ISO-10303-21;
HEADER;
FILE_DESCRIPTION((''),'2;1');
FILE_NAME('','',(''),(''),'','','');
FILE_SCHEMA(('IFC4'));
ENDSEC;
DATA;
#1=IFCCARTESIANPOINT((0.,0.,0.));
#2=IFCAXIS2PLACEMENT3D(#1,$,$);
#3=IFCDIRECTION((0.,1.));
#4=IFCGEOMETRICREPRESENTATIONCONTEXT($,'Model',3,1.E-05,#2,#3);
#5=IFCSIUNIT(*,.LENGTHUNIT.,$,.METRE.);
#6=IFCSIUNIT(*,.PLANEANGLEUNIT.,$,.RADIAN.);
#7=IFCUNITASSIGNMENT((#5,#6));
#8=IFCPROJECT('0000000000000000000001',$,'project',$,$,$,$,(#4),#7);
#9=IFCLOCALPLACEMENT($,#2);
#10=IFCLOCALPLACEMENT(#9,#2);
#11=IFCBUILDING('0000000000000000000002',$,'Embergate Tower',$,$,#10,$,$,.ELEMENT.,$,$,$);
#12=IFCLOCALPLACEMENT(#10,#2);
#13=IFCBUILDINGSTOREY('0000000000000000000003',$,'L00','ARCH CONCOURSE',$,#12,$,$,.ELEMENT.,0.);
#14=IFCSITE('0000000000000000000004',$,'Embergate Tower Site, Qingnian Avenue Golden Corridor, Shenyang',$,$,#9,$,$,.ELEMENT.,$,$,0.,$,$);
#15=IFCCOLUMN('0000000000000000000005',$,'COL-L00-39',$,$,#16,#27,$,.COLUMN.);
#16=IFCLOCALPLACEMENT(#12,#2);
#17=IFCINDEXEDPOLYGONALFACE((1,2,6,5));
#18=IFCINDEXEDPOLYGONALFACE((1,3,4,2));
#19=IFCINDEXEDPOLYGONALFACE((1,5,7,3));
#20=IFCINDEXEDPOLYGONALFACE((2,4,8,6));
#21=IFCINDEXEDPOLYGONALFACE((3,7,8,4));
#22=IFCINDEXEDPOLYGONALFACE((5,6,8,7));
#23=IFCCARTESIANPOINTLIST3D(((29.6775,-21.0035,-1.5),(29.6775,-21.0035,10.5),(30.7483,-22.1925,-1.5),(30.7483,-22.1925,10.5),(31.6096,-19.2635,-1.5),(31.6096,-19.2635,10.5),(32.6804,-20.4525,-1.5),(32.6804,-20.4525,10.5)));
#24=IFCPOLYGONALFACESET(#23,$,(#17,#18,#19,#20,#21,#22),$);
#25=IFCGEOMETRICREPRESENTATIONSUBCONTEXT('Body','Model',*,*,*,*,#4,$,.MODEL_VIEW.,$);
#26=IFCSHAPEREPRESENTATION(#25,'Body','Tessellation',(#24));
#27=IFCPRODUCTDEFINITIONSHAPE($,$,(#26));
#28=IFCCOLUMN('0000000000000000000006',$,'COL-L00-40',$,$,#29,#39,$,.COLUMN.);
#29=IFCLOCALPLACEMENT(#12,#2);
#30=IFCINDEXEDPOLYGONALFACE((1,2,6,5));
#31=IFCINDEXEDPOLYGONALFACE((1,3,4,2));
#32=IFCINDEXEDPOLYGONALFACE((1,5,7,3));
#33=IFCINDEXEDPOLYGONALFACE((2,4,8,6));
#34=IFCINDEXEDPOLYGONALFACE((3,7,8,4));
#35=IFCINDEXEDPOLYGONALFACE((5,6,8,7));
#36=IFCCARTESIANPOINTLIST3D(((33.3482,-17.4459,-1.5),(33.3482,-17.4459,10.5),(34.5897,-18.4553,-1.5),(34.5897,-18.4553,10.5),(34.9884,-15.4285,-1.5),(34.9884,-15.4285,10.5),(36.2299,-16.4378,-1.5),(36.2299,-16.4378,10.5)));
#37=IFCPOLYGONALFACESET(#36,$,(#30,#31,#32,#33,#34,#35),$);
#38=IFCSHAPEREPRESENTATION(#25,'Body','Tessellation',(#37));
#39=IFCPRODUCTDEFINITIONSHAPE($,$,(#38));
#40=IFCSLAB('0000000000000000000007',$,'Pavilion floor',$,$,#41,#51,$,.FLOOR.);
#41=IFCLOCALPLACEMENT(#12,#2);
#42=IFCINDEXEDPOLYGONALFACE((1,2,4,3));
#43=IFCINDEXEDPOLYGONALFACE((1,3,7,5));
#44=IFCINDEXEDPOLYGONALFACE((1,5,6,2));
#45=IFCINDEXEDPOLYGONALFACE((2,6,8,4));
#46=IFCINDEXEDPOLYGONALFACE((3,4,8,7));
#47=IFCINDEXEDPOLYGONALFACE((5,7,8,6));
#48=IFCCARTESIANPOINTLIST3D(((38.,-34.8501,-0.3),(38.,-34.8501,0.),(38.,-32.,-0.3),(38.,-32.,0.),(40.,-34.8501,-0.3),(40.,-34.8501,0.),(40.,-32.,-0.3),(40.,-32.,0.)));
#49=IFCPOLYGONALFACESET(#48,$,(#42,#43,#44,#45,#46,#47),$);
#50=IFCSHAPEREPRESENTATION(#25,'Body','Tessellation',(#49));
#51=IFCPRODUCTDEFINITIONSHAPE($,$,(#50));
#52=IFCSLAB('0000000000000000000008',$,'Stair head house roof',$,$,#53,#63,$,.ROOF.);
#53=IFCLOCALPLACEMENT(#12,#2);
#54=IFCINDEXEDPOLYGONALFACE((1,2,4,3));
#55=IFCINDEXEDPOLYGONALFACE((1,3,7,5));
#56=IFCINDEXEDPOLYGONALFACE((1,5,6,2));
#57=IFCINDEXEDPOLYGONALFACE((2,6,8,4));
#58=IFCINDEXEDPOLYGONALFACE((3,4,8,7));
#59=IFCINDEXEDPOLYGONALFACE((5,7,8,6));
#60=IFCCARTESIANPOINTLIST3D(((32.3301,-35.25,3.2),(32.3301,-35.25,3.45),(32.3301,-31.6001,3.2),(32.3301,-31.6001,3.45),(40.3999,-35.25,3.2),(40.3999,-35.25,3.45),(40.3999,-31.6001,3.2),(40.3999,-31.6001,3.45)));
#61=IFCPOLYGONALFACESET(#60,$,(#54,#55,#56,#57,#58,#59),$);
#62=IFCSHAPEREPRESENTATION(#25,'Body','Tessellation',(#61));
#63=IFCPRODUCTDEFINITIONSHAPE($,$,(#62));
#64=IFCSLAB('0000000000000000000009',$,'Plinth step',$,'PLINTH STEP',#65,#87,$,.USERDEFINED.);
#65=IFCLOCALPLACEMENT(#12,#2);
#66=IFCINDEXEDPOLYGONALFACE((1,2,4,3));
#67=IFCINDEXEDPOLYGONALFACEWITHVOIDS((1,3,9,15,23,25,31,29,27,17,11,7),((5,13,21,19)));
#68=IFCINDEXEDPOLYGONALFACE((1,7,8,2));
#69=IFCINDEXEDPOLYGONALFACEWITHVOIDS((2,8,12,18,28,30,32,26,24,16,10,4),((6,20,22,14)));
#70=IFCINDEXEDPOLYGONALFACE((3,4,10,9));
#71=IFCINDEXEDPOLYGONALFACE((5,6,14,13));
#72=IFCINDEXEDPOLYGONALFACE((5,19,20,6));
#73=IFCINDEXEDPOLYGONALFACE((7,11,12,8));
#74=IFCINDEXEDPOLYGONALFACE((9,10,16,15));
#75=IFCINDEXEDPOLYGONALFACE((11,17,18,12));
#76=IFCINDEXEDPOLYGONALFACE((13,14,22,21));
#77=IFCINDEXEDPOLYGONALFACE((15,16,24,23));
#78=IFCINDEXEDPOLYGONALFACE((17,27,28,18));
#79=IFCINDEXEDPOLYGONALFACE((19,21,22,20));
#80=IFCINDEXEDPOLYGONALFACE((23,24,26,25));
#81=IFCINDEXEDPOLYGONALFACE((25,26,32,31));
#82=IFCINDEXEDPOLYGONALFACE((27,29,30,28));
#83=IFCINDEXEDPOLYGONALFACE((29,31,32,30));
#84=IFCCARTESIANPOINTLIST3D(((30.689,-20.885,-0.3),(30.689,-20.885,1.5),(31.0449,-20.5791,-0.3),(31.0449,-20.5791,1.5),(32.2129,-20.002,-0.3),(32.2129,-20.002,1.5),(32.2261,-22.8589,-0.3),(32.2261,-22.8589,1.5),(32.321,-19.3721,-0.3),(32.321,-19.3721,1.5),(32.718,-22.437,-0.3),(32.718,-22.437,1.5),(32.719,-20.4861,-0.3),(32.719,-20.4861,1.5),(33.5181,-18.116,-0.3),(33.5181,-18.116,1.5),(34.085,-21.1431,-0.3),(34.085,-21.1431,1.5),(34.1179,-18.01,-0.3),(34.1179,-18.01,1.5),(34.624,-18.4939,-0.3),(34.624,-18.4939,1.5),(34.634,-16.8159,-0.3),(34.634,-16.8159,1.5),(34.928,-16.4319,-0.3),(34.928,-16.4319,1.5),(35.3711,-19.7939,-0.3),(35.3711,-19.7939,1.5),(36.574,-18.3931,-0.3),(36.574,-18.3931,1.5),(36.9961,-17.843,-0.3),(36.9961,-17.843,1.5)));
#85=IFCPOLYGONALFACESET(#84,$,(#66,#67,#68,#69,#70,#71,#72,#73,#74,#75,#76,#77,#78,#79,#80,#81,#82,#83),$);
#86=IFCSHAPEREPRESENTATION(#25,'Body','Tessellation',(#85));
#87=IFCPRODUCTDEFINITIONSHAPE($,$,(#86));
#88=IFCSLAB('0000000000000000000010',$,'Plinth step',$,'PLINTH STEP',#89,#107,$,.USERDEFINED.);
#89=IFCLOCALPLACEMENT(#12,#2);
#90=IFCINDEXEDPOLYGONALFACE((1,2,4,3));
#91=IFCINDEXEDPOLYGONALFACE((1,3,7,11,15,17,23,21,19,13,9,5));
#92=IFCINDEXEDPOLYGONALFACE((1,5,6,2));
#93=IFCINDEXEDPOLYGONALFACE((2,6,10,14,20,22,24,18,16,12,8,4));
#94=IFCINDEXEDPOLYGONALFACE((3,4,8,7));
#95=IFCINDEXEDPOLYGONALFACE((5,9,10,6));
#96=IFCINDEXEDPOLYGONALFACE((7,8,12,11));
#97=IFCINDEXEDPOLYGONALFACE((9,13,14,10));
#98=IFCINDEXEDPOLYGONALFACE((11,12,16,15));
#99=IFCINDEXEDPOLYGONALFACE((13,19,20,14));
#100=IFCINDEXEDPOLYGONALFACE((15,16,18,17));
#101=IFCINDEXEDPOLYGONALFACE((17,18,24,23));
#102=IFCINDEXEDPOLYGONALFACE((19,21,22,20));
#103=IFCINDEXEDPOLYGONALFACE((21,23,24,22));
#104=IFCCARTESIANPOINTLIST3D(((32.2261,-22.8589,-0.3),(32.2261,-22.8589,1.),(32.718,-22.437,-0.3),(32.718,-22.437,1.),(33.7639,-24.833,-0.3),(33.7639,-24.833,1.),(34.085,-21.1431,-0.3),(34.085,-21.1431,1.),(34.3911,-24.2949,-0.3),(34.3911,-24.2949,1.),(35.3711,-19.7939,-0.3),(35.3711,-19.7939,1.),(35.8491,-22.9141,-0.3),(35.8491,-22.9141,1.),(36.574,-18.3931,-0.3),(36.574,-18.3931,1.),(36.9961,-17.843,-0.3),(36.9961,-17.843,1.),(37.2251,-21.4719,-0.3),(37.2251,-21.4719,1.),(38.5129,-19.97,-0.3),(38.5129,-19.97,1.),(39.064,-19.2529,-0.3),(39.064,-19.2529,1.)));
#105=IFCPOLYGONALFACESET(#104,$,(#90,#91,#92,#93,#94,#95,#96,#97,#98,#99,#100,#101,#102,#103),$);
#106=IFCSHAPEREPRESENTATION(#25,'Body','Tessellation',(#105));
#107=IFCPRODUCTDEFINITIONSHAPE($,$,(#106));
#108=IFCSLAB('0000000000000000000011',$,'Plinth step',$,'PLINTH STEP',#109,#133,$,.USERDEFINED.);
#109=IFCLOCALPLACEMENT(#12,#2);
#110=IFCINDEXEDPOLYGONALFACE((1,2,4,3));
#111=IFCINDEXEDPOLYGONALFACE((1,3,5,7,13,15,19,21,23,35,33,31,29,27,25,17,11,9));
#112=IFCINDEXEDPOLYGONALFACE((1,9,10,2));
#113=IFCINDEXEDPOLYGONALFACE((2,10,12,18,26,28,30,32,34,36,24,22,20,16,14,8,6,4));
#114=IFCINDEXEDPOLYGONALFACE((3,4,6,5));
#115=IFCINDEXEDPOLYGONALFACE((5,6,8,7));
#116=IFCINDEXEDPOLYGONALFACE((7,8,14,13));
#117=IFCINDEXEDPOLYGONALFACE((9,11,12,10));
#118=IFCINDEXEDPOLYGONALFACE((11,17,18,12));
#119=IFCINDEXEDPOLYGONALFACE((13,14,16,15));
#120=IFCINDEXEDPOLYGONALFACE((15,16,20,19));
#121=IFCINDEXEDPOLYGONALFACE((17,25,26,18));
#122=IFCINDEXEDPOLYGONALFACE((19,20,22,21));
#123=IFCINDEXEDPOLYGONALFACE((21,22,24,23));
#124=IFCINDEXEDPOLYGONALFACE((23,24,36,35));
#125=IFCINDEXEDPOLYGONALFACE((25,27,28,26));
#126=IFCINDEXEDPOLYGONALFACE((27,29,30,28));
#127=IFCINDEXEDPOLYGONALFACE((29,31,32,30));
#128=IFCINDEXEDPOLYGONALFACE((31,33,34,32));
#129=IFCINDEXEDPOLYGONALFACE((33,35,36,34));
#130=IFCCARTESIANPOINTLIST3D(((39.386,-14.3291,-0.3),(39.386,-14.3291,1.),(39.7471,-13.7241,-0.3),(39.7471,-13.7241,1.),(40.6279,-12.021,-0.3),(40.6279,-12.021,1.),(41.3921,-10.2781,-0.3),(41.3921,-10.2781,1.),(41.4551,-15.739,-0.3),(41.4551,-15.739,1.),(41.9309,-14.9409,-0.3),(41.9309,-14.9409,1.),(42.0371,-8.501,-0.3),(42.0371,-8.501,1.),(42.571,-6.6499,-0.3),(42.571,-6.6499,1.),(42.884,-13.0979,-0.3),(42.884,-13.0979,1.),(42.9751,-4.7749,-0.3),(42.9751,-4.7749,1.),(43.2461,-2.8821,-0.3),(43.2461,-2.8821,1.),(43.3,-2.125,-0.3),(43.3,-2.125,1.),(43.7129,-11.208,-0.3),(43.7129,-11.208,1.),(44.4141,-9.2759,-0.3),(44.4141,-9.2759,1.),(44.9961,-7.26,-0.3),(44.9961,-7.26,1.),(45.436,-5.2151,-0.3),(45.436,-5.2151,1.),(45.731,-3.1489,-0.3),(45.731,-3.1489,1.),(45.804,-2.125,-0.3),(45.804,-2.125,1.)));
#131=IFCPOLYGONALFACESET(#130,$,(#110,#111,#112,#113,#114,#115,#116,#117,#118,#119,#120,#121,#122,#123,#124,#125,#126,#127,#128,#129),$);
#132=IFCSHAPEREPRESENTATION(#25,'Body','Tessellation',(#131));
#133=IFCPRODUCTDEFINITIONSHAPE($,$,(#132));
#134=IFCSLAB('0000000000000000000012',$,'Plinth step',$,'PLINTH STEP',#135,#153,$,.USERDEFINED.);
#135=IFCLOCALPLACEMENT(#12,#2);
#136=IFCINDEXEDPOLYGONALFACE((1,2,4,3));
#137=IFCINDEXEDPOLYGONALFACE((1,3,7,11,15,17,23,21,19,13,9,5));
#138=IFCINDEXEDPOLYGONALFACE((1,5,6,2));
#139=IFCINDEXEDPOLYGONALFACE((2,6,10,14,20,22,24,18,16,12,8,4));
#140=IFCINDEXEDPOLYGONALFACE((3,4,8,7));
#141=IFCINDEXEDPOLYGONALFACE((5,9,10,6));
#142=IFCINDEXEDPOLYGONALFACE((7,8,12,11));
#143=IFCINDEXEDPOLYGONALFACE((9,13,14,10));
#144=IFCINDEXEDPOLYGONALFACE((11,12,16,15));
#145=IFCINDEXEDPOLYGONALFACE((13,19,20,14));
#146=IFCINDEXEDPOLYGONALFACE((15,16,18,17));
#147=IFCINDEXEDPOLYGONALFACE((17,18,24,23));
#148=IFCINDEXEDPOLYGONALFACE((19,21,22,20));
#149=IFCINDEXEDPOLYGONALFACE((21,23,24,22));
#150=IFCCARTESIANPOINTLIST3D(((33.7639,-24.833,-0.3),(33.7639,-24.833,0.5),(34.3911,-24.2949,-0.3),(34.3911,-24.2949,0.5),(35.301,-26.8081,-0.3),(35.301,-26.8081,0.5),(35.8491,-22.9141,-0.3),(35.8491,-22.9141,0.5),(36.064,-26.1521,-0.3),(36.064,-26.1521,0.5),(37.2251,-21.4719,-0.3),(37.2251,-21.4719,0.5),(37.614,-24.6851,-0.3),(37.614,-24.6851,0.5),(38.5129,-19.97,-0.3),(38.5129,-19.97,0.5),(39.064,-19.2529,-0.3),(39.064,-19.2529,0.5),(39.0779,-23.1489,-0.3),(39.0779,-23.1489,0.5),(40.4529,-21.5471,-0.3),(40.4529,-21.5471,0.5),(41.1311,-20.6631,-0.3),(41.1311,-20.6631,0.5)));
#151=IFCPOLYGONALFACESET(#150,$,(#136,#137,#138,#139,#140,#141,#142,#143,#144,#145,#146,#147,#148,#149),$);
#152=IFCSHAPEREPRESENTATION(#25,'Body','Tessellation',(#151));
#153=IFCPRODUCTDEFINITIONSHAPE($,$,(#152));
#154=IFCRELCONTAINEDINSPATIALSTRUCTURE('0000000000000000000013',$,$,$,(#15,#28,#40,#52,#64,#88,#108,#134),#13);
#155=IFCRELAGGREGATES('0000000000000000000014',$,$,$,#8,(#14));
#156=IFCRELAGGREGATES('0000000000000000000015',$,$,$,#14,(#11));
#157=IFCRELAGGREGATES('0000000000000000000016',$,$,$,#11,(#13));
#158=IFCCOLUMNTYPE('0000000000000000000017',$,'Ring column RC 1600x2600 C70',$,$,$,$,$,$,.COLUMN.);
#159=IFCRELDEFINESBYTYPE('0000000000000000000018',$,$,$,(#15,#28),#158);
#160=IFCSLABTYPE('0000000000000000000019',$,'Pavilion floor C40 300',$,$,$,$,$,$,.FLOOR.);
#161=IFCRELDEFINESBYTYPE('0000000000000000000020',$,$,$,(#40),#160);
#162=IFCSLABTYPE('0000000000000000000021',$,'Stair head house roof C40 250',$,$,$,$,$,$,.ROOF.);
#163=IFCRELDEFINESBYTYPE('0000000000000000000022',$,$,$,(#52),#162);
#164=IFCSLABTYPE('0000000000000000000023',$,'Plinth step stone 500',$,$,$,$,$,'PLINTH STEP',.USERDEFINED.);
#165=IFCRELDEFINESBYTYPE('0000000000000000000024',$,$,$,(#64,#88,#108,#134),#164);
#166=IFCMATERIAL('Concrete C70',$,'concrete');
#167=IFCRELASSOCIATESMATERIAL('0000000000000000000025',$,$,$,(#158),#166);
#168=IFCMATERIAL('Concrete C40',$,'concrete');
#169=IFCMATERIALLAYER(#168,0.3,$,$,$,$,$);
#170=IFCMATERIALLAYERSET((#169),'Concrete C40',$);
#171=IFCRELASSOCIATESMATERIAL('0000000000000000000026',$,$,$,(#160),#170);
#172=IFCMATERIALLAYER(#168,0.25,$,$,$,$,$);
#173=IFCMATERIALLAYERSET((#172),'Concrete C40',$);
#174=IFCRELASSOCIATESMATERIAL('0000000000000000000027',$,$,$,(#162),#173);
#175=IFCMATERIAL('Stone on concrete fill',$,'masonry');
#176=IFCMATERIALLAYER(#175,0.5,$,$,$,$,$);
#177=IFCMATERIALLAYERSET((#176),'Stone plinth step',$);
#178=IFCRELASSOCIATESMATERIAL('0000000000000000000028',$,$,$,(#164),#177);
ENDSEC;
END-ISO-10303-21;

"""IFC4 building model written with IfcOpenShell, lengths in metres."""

from ifc_helpers import new_model, si_unit, direction, frame, origin, origin_2d, place, context, subcontext, project, spatial, polyline, rectangle, outline, extrude, source, transform, mapped, material, layer, layer_set, material_profile, profile_set, type_object, element, save


model = new_model("IFC4")

# Units and contexts
model_context = context("Model", 3, precision=1e-05, world=origin(), true_north=direction((0.0, 1.0)))
body_context = subcontext(model_context, "Body", "Model", "MODEL_VIEW")
ifc_project = project(units=[si_unit("LENGTHUNIT", "METRE"), si_unit("PLANEANGLEUNIT", "RADIAN")], contexts=[model_context])

# Site, building, storey
site_placement = place(None, origin())
site = spatial("IfcSite", under=ifc_project, at=site_placement, Name="Embergate Tower Site, Qingnian Avenue Golden Corridor, Shenyang", CompositionType="ELEMENT", RefElevation=0.0)
building_placement = place(site_placement, origin())
building = spatial("IfcBuilding", under=site, at=building_placement, Name="Embergate Tower", CompositionType="ELEMENT")
storey_placement = place(building_placement, origin())
storey = spatial("IfcBuildingStorey", under=building, at=storey_placement, Name="L00", Description="ARCH CONCOURSE", CompositionType="ELEMENT", Elevation=0.0)

# Columns
ifc_material_1 = material(Name="Concrete C70", Category="concrete")
ifc_material_profile = material_profile(ifc_material_1, rectangle(XDim=1.6001, YDim=2.6001, at=origin_2d()), Name="RC 1600x2600")
ifc_profile_set = profile_set([ifc_material_profile], Name="Concrete C70")
column_type = type_object("IfcColumnType", Name="Ring column RC 1600x2600 C70", PredefinedType="COLUMN", material=ifc_profile_set)
shared_shape_1 = source(origin(), body_context, "Body", "SweptSolid", [
    extrude(rectangle(XDim=1.6001, YDim=2.6001, at=origin_2d()), origin(), (0.0, 0.0, 1.0), 12.0),
])
for number, where, z_axis, x_axis, name in (
    (1, (31.179, -20.728, -1.5), (0.0, 0.0, 1.0), (0.669208, -0.743075, 0.0), "COL-L00-39"),
    (2, (34.7891, -16.9419, -1.5), (0.0, 0.0, 1.0), (0.775925, -0.630825, 0.0), "COL-L00-40"),
):
    element("IfcColumn", number, at=place(storey_placement, frame(where, z_axis=z_axis, x_axis=x_axis)), inside=storey, type_object=column_type, Name=name, PredefinedType="COLUMN", context=body_context, shape_type="MappedRepresentation", body=[
        mapped(shared_shape_1, transform((0.0, 0.0, 0.0))),
    ])

# Slabs
ifc_material_2 = material(Name="Concrete C40", Category="concrete")
ifc_layer_1 = layer(ifc_material_2, 0.3)
ifc_layer_set_1 = layer_set([ifc_layer_1], Name="Concrete C40")
slab_type_1 = type_object("IfcSlabType", Name="Pavilion floor C40 300", PredefinedType="FLOOR", material=ifc_layer_set_1)
shared_shape_2 = source(origin(), body_context, "Body", "SweptSolid", [
    extrude(outline(polyline([(0.0, 0.0), (0.0, 2.8501), (2.0, 2.8501), (2.0, 0.0), (0.0, 0.0)])), origin(), (0.0, 0.0, 1.0), 0.3),
])
slab_1_placement = place(storey_placement, frame((38.0, -34.8501, -0.3)))
element("IfcSlab", 3, at=slab_1_placement, inside=storey, type_object=slab_type_1, Name="Pavilion floor", PredefinedType="FLOOR", context=body_context, shape_type="MappedRepresentation", body=[
    mapped(shared_shape_2, transform((0.0, 0.0, 0.0))),
])
ifc_layer_2 = layer(ifc_material_2, 0.25)
ifc_layer_set_2 = layer_set([ifc_layer_2], Name="Concrete C40")
slab_type_2 = type_object("IfcSlabType", Name="Stair head house roof C40 250", PredefinedType="ROOF", material=ifc_layer_set_2)
shared_shape_3 = source(origin(), body_context, "Body", "SweptSolid", [
    extrude(outline(polyline([(0.0, 0.0), (8.0698, 0.0), (8.0698, 3.6499), (0.0, 3.6499), (0.0, 0.0)])), origin(), (0.0, 0.0, 1.0), 0.25),
])
slab_2_placement = place(storey_placement, frame((32.3301, -35.25, 3.2)))
element("IfcSlab", 4, at=slab_2_placement, inside=storey, type_object=slab_type_2, Name="Stair head house roof", PredefinedType="ROOF", context=body_context, shape_type="MappedRepresentation", body=[
    mapped(shared_shape_3, transform((0.0, 0.0, 0.0))),
])
ifc_material_3 = material(Name="Stone on concrete fill", Category="masonry")
ifc_layer_3 = layer(ifc_material_3, 0.5)
ifc_layer_set_3 = layer_set([ifc_layer_3], Name="Stone plinth step")
slab_type_3 = type_object("IfcSlabType", Name="Plinth step stone 500", ElementType="PLINTH STEP", PredefinedType="USERDEFINED", material=ifc_layer_set_3)
shared_shape_4 = source(origin(), body_context, "Body", "SweptSolid", [
    extrude(outline(polyline([(0.0, 0.0), (0.4919, 0.4219), (1.8589, 1.7158), (3.145, 3.0649), (4.3479, 4.4658), (4.77, 5.0159), (2.7019, 6.427), (2.408, 6.043), (1.292, 4.7429), (0.095, 3.4868), (-1.1812, 2.2798), (-1.5371, 1.9739), (0.0, 0.0)]), holes=[polyline([(0.4929, 2.3728), (-0.0132, 2.8569), (1.8918, 4.8489), (2.3979, 4.365), (0.4929, 2.3728)])]), origin(), (0.0, 0.0, 1.0), 1.8),
])
slab_3_placement = place(storey_placement, frame((32.2261, -22.8589, -0.3)))
element("IfcSlab", 5, at=slab_3_placement, inside=storey, type_object=slab_type_3, Name="Plinth step", ObjectType="PLINTH STEP", PredefinedType="USERDEFINED", context=body_context, shape_type="MappedRepresentation", body=[
    mapped(shared_shape_4, transform((0.0, 0.0, 0.0))),
])
shared_shape_5 = source(origin(), body_context, "Body", "SweptSolid", [
    extrude(outline(polyline([(0.0, 0.0), (-1.5378, 1.9741), (-1.0459, 2.396), (0.321, 3.6899), (1.6072, 5.0391), (2.8101, 6.4399), (3.2322, 6.99), (5.3, 5.5801), (4.749, 4.863), (3.4612, 3.3611), (2.0852, 1.9189), (0.6272, 0.5381), (0.0, 0.0)])), origin(), (0.0, 0.0, 1.0), 1.3),
])
slab_4_placement = place(storey_placement, frame((33.7639, -24.833, -0.3)))
element("IfcSlab", 6, at=slab_4_placement, inside=storey, type_object=slab_type_3, Name="Plinth step", ObjectType="PLINTH STEP", PredefinedType="USERDEFINED", context=body_context, shape_type="MappedRepresentation", body=[
    mapped(shared_shape_5, transform((0.0, 0.0, 0.0))),
])
shared_shape_6 = source(origin(), body_context, "Body", "SweptSolid", [
    extrude(outline(polyline([(0.0, 0.0), (-2.0691, 1.4099), (-1.708, 2.0149), (-0.8271, 3.718), (-0.063, 5.4609), (0.582, 7.238), (1.116, 9.0891), (1.52, 10.9641), (1.791, 12.8569), (1.845, 13.614), (4.3489, 13.614), (4.2759, 12.5901), (3.981, 10.5239), (3.541, 8.479), (2.959, 6.4631), (2.2578, 4.531), (1.429, 2.6411), (0.4758, 0.7981), (0.0, 0.0)])), origin(), (0.0, 0.0, 1.0), 1.3),
])
slab_5_placement = place(storey_placement, frame((41.4551, -15.739, -0.3)))
element("IfcSlab", 7, at=slab_5_placement, inside=storey, type_object=slab_type_3, Name="Plinth step", ObjectType="PLINTH STEP", PredefinedType="USERDEFINED", context=body_context, shape_type="MappedRepresentation", body=[
    mapped(shared_shape_6, transform((0.0, 0.0, 0.0))),
])
shared_shape_7 = source(origin(), body_context, "Body", "SweptSolid", [
    extrude(outline(polyline([(0.0, 0.0), (-1.5371, 1.9751), (-0.9099, 2.5132), (0.5481, 3.894), (1.9241, 5.3362), (3.2119, 6.8381), (3.7629, 7.5552), (5.8301, 6.145), (5.1519, 5.261), (3.7769, 3.6592), (2.313, 2.123), (0.7629, 0.656), (0.0, 0.0)])), origin(), (0.0, 0.0, 1.0), 0.8),
])
slab_6_placement = place(storey_placement, frame((35.301, -26.8081, -0.3)))
element("IfcSlab", 8, at=slab_6_placement, inside=storey, type_object=slab_type_3, Name="Plinth step", ObjectType="PLINTH STEP", PredefinedType="USERDEFINED", context=body_context, shape_type="MappedRepresentation", body=[
    mapped(shared_shape_7, transform((0.0, 0.0, 0.0))),
])

save(model, "model.ifc")
